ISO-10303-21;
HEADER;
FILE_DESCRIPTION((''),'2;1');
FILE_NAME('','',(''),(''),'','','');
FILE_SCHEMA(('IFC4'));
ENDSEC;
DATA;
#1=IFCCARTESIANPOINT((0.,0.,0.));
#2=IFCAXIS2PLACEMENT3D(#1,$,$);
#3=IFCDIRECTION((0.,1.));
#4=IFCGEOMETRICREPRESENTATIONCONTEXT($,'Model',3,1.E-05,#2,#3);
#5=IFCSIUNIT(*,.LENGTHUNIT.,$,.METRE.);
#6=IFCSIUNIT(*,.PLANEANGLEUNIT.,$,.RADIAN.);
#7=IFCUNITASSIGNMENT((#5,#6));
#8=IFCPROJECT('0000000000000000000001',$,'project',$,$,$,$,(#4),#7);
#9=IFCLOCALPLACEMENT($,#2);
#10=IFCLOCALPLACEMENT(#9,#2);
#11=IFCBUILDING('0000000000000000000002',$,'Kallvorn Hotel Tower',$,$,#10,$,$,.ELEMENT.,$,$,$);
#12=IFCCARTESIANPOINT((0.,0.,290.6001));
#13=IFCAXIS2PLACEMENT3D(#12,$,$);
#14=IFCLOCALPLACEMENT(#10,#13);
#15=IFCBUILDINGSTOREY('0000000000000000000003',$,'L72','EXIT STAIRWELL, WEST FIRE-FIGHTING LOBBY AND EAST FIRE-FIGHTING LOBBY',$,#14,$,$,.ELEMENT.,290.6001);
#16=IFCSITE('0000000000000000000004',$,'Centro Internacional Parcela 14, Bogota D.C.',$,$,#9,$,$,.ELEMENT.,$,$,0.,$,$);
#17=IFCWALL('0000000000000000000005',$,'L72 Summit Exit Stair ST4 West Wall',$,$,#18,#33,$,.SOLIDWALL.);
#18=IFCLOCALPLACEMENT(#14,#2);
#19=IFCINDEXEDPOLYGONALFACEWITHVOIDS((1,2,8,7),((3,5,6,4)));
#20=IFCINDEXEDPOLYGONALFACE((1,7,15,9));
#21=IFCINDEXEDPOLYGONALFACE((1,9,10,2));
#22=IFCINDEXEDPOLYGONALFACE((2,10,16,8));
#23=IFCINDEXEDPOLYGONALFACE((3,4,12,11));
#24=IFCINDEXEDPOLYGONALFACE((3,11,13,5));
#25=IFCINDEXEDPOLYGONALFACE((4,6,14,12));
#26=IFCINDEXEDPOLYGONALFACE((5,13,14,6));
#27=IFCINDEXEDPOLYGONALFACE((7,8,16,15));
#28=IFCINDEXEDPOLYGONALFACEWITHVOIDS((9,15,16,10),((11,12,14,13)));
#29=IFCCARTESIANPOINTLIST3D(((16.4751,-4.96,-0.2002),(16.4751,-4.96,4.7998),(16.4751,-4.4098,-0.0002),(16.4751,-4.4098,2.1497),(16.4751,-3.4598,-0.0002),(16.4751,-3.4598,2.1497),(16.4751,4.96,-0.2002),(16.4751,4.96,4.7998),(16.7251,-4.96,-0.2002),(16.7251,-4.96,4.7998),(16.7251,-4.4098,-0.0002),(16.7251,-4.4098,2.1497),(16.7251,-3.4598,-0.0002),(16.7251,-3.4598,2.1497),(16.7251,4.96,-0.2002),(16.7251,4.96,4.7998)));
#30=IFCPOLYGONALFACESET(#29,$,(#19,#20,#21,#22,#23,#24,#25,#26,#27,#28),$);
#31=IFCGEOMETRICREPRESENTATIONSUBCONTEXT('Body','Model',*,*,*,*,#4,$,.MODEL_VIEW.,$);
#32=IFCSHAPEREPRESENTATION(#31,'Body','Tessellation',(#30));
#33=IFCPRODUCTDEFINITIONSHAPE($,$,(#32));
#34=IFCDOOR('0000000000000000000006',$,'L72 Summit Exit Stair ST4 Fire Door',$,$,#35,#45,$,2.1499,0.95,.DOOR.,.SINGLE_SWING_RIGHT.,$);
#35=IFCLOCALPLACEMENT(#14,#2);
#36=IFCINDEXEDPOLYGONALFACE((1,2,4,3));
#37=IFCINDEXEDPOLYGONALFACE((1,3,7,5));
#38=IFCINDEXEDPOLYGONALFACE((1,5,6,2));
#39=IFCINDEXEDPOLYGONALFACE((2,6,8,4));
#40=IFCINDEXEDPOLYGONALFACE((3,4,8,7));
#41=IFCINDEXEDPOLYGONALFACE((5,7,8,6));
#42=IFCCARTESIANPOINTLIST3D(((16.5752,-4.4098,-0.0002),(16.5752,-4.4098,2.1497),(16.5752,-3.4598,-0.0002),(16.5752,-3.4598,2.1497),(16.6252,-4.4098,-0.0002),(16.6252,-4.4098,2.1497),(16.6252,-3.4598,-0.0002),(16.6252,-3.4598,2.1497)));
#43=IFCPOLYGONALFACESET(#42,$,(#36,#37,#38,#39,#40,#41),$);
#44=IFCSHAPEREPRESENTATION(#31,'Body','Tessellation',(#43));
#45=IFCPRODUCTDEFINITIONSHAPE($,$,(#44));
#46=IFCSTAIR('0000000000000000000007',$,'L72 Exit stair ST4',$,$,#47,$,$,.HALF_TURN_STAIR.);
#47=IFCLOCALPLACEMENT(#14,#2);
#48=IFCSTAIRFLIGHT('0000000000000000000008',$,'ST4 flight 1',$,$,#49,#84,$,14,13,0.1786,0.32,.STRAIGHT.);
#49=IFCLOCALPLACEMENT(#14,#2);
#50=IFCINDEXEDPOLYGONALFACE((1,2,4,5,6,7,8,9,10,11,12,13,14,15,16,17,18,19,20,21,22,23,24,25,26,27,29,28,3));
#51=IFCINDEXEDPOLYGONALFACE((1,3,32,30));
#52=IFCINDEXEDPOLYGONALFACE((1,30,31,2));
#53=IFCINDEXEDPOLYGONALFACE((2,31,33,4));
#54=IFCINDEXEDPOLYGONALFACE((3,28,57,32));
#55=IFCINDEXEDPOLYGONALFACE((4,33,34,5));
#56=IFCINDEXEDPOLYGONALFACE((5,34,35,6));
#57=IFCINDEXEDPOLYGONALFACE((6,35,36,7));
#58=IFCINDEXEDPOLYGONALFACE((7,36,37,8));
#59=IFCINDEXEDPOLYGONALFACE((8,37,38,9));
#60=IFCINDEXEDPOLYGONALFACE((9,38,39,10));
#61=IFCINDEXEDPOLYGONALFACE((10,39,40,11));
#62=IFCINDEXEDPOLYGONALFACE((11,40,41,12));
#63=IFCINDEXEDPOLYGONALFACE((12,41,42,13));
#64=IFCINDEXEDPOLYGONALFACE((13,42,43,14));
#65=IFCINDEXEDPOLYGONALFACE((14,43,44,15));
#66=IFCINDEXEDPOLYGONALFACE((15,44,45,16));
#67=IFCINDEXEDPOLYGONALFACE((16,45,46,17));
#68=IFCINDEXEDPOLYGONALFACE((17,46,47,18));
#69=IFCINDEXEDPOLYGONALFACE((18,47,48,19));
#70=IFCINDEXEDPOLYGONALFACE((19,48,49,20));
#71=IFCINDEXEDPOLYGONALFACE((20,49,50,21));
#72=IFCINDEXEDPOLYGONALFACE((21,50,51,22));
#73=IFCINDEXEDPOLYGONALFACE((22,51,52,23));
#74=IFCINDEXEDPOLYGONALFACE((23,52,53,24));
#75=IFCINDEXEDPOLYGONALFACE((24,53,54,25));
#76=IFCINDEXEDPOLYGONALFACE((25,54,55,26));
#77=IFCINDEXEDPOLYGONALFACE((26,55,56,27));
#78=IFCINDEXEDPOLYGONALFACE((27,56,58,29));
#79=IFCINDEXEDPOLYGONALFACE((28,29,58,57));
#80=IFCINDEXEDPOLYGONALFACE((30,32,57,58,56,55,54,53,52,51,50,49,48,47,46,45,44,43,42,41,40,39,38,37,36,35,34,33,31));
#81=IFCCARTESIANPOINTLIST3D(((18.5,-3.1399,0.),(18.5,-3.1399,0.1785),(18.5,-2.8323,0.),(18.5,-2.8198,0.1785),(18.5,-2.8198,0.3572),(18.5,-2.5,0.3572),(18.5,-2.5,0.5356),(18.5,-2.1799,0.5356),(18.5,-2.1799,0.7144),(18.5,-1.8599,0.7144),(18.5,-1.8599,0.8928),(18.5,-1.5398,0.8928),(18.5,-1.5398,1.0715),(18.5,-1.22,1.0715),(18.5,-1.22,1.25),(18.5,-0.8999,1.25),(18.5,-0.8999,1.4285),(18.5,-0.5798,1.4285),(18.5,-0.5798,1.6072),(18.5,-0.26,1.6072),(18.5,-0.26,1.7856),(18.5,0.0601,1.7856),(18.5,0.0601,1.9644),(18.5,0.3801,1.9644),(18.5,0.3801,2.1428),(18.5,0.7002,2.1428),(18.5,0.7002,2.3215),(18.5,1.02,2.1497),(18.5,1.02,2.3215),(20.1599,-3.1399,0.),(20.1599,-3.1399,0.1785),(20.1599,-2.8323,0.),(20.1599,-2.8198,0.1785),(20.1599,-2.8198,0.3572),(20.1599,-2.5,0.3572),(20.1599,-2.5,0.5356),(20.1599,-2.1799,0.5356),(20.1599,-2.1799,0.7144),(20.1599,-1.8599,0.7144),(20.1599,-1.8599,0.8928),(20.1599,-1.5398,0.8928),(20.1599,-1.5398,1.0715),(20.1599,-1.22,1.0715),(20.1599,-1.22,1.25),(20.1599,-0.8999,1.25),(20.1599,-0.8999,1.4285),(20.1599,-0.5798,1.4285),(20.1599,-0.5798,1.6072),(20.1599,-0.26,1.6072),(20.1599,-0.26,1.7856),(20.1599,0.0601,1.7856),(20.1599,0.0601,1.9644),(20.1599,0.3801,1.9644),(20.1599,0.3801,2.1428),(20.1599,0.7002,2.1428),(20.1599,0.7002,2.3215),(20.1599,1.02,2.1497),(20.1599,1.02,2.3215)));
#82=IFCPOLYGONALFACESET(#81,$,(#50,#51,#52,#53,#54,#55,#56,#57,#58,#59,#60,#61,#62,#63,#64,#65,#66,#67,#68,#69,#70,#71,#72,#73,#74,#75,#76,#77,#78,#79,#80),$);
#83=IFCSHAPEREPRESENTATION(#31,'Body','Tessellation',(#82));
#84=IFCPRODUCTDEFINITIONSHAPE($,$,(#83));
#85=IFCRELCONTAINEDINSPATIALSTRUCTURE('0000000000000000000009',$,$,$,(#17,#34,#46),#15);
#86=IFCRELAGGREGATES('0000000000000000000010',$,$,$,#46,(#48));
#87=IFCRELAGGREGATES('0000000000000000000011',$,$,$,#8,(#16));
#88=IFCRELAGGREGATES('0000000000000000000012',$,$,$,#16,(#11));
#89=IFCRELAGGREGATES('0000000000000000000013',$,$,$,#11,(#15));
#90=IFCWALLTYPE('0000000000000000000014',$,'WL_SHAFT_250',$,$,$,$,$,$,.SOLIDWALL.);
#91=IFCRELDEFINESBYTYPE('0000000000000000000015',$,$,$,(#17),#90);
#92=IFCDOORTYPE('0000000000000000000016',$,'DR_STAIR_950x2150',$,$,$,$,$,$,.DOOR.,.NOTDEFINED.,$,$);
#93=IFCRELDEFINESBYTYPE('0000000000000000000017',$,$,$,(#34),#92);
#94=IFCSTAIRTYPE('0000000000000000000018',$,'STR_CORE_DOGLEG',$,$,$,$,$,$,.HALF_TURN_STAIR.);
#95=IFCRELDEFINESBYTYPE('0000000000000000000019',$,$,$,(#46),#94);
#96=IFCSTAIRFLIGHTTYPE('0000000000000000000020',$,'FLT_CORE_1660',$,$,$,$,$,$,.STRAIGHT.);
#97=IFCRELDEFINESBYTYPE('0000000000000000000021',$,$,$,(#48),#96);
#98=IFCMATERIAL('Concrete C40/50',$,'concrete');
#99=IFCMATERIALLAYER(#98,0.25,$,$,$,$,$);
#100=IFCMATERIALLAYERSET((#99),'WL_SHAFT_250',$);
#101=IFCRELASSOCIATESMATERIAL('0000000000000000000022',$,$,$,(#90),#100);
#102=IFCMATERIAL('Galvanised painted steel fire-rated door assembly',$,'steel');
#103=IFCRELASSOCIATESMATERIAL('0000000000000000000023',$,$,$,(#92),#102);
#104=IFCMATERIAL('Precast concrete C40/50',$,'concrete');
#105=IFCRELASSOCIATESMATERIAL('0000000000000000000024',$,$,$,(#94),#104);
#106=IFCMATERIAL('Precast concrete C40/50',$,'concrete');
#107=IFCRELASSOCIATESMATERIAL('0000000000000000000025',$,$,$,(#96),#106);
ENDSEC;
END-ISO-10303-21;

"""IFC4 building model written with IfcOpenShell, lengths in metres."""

from ifc_helpers import new_model, si_unit, direction, frame, frame_2d, origin, place, context, subcontext, project, spatial, polyline, rectangle, outline, extrude, material, layer, layer_set, type_object, element, fill, aggregate, save


model = new_model("IFC4")

# Units and contexts
model_context = context("Model", 3, precision=1e-05, world=origin(), true_north=direction((0.0, 1.0)))
body_context = subcontext(model_context, "Body", "Model", "MODEL_VIEW")
ifc_project = project(units=[si_unit("LENGTHUNIT", "METRE"), si_unit("PLANEANGLEUNIT", "RADIAN")], contexts=[model_context])

# Site, building, storey
site_placement = place(None, origin())
site = spatial("IfcSite", under=ifc_project, at=site_placement, Name="Centro Internacional Parcela 14, Bogota D.C.", CompositionType="ELEMENT", RefElevation=0.0)
building_placement = place(site_placement, origin())
building = spatial("IfcBuilding", under=site, at=building_placement, Name="Kallvorn Hotel Tower", CompositionType="ELEMENT")
storey_placement = place(building_placement, frame((0.0, 0.0, 290.6001)))
storey = spatial("IfcBuildingStorey", under=building, at=storey_placement, Name="L72", Description="EXIT STAIRWELL, WEST FIRE-FIGHTING LOBBY AND EAST FIRE-FIGHTING LOBBY", CompositionType="ELEMENT", Elevation=290.6001)

# Shared definitions
ifc_material_1 = material(Name="Concrete C40/50", Category="concrete")
ifc_layer_1 = layer(ifc_material_1, 0.25)
ifc_layer_set_1 = layer_set([ifc_layer_1], Name="WL_SHAFT_250")
wall_type_1 = type_object("IfcWallType", Name="WL_SHAFT_250", PredefinedType="SOLIDWALL", material=ifc_layer_set_1)

# Wall, opening, door
wall_1_placement = place(storey_placement, frame((16.6001, -4.96, -0.2002), z_axis=(0.0, 0.0, 1.0), x_axis=(0.0, 1.0, 0.0)))
wall_1 = element("IfcWall", 1, at=wall_1_placement, inside=storey, type_object=wall_type_1, Name="L72 Summit Exit Stair ST4 West Wall", PredefinedType="SOLIDWALL", context=body_context, shape_type="SweptSolid", body=[
    extrude(rectangle(XDim=9.9199, YDim=0.25, at=frame_2d((4.96, 0.0))), origin(), (0.0, 0.0, 1.0), 5.0),
])
opening_placement = place(wall_1_placement, frame((0.55, 0.0, 0.2)))
opening = element("IfcOpeningElement", 2, at=opening_placement, cuts=wall_1, PredefinedType="OPENING", context=body_context, shape_type="SweptSolid", body=[
    extrude(rectangle(XDim=0.95, YDim=2.1499, at=frame_2d((0.4751, 1.075))), frame((0.0, 0.1399, 0.0), z_axis=(0.0, -1.0, 0.0), x_axis=(1.0, 0.0, 0.0)), (0.0, 0.0, 1.0), 0.28),
])
ifc_material_2 = material(Name="Galvanised painted steel fire-rated door assembly", Category="steel")
door_type = type_object("IfcDoorType", Name="DR_STAIR_950x2150", OperationType="NOTDEFINED", PredefinedType="DOOR", material=ifc_material_2)
door_placement = place(opening_placement, origin())
door = element("IfcDoor", 3, at=door_placement, inside=storey, type_object=door_type, Name="L72 Summit Exit Stair ST4 Fire Door", OperationType="SINGLE_SWING_RIGHT", OverallHeight=2.1499, OverallWidth=0.95, PredefinedType="DOOR", context=body_context, shape_type="SweptSolid", body=[
    extrude(rectangle(XDim=0.95, YDim=2.1499, at=frame_2d((0.4751, 1.075))), frame((0.0, 0.0249, 0.0), z_axis=(0.0, -1.0, 0.0), x_axis=(1.0, 0.0, 0.0)), (0.0, 0.0, 1.0), 0.05),
])
fill(opening, door)

# Stair, stair flight
ifc_material_3 = material(Name="Precast concrete C40/50", Category="concrete")
stair_type = type_object("IfcStairType", Name="STR_CORE_DOGLEG", PredefinedType="HALF_TURN_STAIR", material=ifc_material_3)
stair_placement = place(storey_placement, origin())
stair = element("IfcStair", 4, at=stair_placement, inside=storey, type_object=stair_type, Name="L72 Exit stair ST4", PredefinedType="HALF_TURN_STAIR")
ifc_material_4 = material(Name="Precast concrete C40/50", Category="concrete")
stair_flight_type = type_object("IfcStairFlightType", Name="FLT_CORE_1660", PredefinedType="STRAIGHT", material=ifc_material_4)
stair_flight_placement = place(storey_placement, frame((19.3301, -3.1399, 0.0), z_axis=(0.0, 0.0, 1.0), x_axis=(0.0, 1.0, 0.0)))
stair_flight = element("IfcStairFlight", 5, at=stair_flight_placement, type_object=stair_flight_type, Name="ST4 flight 1", NumberOfRisers=14, NumberOfTreads=13, PredefinedType="STRAIGHT", RiserHeight=0.1786, TreadLength=0.32, context=body_context, shape_type="SweptSolid", body=[
    extrude(outline(polyline([(0.0, 0.0), (0.0, 0.1785), (0.3201, 0.1785), (0.3201, 0.3572), (0.6399, 0.3572), (0.6399, 0.5356), (0.96, 0.5356), (0.96, 0.7144), (1.28, 0.7144), (1.28, 0.8928), (1.6001, 0.8928), (1.6001, 1.0715), (1.9199, 1.0715), (1.9199, 1.25), (2.24, 1.25), (2.24, 1.4285), (2.5601, 1.4285), (2.5601, 1.6072), (2.8799, 1.6072), (2.8799, 1.7856), (3.2, 1.7856), (3.2, 1.9644), (3.52, 1.9644), (3.52, 2.1428), (3.8401, 2.1428), (3.8401, 2.3215), (4.1599, 2.3215), (4.1599, 2.5), (4.1599, 2.1497), (0.3076, 0.0), (0.0, 0.0)])), frame((0.0, 0.8301, 0.0), z_axis=(0.0, -1.0, 0.0), x_axis=(1.0, 0.0, 0.0)), (0.0, 0.0, 1.0), 1.6599),
])
aggregate(stair, [stair_flight])

save(model, "model.ifc")
